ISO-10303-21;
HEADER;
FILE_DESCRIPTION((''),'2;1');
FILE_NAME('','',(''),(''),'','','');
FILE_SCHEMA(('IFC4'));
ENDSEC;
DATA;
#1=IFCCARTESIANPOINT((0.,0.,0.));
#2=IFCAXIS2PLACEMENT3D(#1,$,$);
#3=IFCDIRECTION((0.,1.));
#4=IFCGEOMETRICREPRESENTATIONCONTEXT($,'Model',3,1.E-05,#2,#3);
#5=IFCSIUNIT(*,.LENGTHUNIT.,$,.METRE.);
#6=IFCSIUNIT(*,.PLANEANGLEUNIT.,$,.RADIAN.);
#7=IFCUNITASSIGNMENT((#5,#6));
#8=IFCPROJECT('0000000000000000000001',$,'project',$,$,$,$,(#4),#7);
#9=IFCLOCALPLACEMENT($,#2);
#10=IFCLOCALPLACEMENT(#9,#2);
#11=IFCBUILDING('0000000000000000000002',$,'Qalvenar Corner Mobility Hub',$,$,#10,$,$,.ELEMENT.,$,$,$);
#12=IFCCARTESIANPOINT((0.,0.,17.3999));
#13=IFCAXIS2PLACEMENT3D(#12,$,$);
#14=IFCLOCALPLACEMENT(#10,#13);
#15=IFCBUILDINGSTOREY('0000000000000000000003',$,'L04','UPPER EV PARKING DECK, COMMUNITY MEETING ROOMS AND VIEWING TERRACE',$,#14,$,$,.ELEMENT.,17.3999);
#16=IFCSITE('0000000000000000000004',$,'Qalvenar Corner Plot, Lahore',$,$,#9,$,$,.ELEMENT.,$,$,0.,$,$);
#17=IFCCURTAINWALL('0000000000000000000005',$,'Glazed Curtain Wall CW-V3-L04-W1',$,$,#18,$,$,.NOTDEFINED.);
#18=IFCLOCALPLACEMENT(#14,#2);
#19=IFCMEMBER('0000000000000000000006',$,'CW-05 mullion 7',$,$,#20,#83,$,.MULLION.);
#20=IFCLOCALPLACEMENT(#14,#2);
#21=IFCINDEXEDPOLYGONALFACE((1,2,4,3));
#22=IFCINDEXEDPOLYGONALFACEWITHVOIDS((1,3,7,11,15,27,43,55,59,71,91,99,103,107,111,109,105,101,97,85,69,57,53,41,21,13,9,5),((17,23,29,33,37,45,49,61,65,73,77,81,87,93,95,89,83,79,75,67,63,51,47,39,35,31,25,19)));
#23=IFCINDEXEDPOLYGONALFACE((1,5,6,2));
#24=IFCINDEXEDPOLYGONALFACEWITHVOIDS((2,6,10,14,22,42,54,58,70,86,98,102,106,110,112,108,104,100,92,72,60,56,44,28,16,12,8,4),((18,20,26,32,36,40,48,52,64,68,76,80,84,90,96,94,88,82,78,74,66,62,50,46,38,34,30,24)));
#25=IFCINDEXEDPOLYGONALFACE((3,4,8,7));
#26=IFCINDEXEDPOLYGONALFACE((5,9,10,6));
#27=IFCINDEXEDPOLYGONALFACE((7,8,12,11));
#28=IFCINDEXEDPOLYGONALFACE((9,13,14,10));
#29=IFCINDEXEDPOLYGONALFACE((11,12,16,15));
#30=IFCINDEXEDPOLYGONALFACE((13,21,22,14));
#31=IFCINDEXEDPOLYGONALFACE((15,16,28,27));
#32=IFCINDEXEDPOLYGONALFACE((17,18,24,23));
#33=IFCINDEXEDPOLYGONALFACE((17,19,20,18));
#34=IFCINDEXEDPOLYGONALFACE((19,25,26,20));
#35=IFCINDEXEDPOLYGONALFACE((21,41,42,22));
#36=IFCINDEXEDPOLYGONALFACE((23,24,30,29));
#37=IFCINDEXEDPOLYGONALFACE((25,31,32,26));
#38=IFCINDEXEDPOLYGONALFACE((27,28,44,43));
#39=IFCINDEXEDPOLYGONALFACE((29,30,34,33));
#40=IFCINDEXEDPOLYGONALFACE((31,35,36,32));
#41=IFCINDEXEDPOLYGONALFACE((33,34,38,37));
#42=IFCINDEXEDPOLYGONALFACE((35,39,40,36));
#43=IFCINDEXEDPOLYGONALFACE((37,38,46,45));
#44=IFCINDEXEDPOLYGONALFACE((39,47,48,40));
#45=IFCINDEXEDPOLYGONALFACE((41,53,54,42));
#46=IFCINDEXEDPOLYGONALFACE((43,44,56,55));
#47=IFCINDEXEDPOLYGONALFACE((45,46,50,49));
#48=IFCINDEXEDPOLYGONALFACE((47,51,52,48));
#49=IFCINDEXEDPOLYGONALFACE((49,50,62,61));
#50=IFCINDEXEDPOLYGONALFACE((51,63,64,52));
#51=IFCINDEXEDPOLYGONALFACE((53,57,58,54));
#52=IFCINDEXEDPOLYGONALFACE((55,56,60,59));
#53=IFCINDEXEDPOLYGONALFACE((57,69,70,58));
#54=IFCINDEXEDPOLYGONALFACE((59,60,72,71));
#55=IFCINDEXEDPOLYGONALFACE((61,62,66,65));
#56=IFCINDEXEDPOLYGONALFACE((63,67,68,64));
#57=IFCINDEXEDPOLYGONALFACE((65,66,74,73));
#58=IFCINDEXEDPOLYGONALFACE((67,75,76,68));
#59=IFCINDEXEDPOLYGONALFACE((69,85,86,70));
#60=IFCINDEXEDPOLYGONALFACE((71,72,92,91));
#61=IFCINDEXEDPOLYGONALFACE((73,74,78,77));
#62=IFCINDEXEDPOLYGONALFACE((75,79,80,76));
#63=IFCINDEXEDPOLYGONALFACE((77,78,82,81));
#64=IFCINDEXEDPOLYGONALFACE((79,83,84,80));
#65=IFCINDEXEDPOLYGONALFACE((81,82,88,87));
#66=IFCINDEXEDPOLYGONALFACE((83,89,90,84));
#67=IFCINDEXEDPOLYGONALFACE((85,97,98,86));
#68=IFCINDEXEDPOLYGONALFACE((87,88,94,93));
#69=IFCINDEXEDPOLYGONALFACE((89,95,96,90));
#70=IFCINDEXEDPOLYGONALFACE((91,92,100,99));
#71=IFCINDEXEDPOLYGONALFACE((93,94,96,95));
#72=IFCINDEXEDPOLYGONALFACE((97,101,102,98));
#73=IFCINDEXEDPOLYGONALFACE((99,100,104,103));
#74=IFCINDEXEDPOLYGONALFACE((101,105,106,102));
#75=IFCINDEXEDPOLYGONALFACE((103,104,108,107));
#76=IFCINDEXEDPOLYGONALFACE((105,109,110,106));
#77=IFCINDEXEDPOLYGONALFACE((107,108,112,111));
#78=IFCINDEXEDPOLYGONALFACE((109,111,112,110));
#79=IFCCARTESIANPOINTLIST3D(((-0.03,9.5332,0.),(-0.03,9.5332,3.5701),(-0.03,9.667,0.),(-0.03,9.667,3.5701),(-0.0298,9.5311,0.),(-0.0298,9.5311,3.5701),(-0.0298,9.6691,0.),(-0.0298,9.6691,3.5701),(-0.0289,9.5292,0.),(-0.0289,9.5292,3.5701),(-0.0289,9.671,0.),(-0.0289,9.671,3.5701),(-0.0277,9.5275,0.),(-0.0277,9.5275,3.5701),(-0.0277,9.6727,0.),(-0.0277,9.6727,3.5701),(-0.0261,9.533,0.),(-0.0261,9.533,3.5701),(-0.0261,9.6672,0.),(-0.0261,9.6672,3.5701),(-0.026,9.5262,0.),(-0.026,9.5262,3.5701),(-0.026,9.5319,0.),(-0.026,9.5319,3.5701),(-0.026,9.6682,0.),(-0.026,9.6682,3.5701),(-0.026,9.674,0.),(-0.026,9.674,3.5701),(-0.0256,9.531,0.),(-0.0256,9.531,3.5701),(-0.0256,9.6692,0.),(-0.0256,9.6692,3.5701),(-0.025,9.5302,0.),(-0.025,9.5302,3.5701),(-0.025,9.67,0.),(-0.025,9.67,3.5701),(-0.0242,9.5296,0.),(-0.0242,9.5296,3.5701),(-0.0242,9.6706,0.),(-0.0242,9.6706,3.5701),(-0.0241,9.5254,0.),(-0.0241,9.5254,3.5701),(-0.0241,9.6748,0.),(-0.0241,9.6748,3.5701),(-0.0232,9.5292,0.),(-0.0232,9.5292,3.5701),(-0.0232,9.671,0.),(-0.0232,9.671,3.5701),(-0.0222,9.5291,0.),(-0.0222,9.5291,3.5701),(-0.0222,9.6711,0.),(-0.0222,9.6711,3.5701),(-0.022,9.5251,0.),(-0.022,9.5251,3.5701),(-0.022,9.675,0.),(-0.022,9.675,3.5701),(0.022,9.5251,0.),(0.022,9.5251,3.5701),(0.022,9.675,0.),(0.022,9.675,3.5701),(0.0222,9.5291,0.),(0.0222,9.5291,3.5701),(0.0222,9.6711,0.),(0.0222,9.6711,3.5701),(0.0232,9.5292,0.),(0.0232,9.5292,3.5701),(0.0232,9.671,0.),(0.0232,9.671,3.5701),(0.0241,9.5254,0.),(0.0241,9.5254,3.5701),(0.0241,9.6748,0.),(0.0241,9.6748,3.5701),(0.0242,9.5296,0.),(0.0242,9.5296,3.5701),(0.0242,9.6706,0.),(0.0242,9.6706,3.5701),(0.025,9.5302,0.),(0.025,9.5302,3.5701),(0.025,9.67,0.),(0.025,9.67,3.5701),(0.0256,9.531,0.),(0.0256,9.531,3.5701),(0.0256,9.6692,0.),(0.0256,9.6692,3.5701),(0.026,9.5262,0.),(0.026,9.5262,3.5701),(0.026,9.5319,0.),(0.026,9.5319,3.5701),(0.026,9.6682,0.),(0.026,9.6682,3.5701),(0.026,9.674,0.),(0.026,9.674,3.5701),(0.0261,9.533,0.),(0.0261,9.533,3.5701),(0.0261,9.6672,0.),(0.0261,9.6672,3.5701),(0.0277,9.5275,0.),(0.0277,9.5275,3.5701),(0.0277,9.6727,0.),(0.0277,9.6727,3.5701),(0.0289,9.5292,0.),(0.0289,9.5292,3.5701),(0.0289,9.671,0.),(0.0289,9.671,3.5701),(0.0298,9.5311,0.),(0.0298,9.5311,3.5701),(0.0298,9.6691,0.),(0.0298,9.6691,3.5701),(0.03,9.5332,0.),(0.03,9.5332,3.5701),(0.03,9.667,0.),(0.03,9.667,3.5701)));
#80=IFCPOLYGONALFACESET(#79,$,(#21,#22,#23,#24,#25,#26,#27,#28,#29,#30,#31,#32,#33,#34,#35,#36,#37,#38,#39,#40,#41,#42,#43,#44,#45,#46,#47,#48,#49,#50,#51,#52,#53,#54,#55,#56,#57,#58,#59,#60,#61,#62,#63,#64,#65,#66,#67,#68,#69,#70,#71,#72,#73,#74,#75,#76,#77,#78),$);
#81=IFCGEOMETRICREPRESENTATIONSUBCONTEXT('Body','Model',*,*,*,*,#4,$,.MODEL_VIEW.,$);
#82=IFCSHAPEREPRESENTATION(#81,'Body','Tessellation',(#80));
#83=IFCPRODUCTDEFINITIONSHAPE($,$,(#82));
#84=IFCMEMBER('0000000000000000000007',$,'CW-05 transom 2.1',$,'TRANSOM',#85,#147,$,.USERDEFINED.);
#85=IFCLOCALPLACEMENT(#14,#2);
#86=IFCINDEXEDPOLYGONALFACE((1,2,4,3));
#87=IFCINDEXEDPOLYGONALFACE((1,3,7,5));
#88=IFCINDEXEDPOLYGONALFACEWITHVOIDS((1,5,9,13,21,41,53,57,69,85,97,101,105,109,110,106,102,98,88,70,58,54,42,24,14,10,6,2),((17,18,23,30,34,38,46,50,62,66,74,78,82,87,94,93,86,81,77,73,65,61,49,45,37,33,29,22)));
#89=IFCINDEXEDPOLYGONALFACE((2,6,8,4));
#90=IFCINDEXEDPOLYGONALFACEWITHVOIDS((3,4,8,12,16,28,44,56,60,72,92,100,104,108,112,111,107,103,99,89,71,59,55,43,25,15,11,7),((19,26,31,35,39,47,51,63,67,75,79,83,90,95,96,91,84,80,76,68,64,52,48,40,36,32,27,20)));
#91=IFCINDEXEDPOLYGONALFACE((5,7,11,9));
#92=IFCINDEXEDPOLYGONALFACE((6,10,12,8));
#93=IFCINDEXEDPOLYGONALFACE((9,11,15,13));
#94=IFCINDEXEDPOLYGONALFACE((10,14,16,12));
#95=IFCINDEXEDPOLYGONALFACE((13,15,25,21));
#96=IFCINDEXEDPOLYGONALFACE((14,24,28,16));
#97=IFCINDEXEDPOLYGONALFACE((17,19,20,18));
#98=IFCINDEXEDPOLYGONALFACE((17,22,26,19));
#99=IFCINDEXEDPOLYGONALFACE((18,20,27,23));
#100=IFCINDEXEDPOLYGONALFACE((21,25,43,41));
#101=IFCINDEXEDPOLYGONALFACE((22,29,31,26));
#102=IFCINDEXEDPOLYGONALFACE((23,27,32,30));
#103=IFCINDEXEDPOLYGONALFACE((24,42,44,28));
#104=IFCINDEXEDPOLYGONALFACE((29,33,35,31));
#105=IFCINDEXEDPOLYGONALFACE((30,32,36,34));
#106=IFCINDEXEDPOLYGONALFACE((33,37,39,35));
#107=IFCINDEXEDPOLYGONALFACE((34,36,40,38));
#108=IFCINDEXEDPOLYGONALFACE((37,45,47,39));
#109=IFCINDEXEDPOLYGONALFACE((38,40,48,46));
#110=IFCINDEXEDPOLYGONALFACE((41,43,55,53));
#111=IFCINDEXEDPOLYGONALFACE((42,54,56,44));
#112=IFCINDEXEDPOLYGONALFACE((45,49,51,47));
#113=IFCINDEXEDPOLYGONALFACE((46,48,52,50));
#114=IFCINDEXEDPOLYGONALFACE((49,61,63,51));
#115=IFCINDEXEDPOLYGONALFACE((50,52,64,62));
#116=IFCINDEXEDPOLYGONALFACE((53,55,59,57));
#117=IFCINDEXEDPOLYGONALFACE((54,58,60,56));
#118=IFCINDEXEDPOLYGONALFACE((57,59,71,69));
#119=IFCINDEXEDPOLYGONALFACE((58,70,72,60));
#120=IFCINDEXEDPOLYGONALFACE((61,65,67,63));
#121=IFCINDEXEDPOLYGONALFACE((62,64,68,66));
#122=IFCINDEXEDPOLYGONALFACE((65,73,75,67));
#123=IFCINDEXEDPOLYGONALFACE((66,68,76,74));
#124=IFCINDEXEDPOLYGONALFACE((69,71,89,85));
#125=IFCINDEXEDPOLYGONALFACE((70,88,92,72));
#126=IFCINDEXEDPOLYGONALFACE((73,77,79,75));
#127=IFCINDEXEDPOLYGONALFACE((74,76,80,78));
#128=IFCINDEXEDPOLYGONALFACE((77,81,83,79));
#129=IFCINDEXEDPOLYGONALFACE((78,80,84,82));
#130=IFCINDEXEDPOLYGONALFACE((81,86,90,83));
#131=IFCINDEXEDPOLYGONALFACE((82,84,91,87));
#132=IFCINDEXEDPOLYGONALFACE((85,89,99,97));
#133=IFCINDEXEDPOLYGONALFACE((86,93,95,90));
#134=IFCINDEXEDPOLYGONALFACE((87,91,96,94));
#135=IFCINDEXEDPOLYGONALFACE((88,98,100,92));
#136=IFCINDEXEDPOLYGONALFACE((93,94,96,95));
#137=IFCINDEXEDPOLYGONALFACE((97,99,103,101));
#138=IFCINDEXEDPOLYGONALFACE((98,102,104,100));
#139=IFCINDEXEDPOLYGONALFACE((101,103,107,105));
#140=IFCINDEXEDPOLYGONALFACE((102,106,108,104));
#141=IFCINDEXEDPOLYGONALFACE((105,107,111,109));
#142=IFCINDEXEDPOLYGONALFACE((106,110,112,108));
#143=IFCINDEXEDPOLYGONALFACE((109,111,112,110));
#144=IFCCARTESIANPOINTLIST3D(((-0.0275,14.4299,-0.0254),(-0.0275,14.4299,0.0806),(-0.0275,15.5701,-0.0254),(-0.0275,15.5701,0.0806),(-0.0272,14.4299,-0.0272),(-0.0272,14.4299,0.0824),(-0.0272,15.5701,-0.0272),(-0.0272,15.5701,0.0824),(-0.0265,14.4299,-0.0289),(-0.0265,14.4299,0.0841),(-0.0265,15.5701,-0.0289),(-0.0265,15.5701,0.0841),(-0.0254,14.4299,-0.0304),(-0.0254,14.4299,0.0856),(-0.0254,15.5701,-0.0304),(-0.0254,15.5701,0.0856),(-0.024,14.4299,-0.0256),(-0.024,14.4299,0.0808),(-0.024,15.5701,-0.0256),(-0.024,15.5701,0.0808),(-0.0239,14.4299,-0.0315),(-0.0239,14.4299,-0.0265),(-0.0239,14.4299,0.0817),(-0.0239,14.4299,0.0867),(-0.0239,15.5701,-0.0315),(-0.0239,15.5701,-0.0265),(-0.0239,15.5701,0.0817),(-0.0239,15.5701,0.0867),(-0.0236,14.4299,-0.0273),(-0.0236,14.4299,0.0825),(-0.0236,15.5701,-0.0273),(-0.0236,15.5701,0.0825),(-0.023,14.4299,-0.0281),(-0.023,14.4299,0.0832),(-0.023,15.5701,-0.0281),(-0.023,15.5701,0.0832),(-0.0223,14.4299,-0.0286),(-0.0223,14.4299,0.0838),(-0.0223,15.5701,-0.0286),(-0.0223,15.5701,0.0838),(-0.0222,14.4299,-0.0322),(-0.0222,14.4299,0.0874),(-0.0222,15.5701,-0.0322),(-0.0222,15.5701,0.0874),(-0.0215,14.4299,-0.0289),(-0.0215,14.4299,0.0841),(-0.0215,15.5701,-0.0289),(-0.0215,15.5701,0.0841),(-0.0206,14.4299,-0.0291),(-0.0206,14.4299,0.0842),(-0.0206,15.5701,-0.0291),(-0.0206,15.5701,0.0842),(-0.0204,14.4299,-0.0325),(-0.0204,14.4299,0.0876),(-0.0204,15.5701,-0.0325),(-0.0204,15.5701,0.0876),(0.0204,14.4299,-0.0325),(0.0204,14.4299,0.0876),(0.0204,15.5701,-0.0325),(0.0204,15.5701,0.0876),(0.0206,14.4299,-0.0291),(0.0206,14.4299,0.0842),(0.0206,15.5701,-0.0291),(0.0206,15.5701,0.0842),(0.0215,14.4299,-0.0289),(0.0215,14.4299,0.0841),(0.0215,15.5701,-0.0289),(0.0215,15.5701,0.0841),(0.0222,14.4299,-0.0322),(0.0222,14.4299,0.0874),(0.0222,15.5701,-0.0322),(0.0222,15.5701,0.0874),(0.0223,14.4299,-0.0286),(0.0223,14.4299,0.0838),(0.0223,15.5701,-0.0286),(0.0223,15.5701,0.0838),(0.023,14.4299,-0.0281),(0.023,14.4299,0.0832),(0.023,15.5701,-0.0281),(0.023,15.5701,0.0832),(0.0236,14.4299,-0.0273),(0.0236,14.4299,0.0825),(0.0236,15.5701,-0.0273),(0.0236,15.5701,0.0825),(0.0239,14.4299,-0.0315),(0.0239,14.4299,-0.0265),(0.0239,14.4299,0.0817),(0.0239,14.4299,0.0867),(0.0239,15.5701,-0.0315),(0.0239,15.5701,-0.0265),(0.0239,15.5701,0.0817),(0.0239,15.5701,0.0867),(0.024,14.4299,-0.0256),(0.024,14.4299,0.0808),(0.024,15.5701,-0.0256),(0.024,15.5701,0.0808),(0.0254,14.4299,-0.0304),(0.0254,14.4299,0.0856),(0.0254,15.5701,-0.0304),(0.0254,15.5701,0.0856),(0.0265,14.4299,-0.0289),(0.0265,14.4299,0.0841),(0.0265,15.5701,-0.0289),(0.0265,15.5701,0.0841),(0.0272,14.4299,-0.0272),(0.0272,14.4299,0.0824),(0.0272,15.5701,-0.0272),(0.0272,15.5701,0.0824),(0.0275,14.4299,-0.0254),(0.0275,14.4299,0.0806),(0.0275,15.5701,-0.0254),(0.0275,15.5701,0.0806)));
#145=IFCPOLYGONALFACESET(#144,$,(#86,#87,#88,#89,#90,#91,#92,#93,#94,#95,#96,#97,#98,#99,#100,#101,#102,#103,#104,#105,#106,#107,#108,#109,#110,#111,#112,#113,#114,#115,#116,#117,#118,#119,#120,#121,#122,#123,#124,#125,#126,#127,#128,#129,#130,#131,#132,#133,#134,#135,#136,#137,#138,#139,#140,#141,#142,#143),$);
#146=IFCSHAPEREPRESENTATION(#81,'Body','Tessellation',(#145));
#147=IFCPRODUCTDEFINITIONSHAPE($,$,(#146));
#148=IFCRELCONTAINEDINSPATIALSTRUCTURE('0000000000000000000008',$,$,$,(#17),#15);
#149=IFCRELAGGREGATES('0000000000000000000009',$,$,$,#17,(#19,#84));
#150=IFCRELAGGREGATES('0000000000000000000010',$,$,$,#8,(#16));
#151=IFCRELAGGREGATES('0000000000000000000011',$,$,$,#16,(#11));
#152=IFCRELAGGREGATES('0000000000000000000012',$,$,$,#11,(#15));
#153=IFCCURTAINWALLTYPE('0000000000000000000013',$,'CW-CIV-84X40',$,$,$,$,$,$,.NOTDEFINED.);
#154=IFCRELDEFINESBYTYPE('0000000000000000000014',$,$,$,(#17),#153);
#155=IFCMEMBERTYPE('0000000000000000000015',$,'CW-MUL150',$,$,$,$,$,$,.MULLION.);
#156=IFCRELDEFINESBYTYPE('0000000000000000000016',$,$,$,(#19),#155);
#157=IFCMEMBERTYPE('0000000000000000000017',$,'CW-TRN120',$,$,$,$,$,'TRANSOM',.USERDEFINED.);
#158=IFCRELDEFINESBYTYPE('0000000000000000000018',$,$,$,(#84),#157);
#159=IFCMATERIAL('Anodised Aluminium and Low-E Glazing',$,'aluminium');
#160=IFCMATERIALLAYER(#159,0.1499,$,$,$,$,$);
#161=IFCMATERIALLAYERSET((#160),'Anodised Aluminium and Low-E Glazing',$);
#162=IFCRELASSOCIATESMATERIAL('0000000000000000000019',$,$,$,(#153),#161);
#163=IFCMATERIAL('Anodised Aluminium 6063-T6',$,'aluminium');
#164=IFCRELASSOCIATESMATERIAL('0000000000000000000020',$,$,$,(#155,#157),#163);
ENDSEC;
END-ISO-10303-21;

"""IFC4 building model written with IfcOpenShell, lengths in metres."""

from ifc_helpers import new_model, si_unit, direction, frame, origin, origin_2d, place, context, subcontext, project, spatial, hollow_rectangle, extrude, material, layer, layer_set, material_profile, profile_set, type_object, element, aggregate, save


model = new_model("IFC4")

# Units and contexts
model_context = context("Model", 3, precision=1e-05, world=origin(), true_north=direction((0.0, 1.0)))
body_context = subcontext(model_context, "Body", "Model", "MODEL_VIEW")
ifc_project = project(units=[si_unit("LENGTHUNIT", "METRE"), si_unit("PLANEANGLEUNIT", "RADIAN")], contexts=[model_context])

# Site, building, storey
site_placement = place(None, origin())
site = spatial("IfcSite", under=ifc_project, at=site_placement, Name="Qalvenar Corner Plot, Lahore", CompositionType="ELEMENT", RefElevation=0.0)
building_placement = place(site_placement, origin())
building = spatial("IfcBuilding", under=site, at=building_placement, Name="Qalvenar Corner Mobility Hub", CompositionType="ELEMENT")
storey_placement = place(building_placement, frame((0.0, 0.0, 17.3999)))
storey = spatial("IfcBuildingStorey", under=building, at=storey_placement, Name="L04", Description="UPPER EV PARKING DECK, COMMUNITY MEETING ROOMS AND VIEWING TERRACE", CompositionType="ELEMENT", Elevation=17.3999)

# Curtain wall, members
ifc_material_1 = material(Name="Anodised Aluminium and Low-E Glazing", Category="aluminium")
ifc_layer_1 = layer(ifc_material_1, 0.1499)
ifc_layer_set_1 = layer_set([ifc_layer_1], Name="Anodised Aluminium and Low-E Glazing")
curtain_wall_type = type_object("IfcCurtainWallType", Name="CW-CIV-84X40", PredefinedType="NOTDEFINED", material=ifc_layer_set_1)
curtain_wall_placement = place(storey_placement, origin())
curtain_wall = element("IfcCurtainWall", 1, at=curtain_wall_placement, inside=storey, type_object=curtain_wall_type, Name="Glazed Curtain Wall CW-V3-L04-W1", PredefinedType="NOTDEFINED")
ifc_material_2 = material(Name="Anodised Aluminium 6063-T6", Category="aluminium")
ifc_material_profile_1 = material_profile(ifc_material_2, hollow_rectangle(XDim=0.0601, YDim=0.1499, WallThickness=0.0039, InnerFilletRadius=0.0039, OuterFilletRadius=0.0081, at=origin_2d()), Name="RHS150x60x4")
ifc_profile_set_1 = profile_set([ifc_material_profile_1], Name="Anodised Aluminium 6063-T6")
member_type_1 = type_object("IfcMemberType", Name="CW-MUL150", PredefinedType="MULLION", material=ifc_profile_set_1)
member_1_placement = place(storey_placement, frame((0.0, 9.6001, 0.0), z_axis=(0.0, 0.0, 1.0), x_axis=(1.0, 0.0, 0.0)))
member_1 = element("IfcMember", 2, at=member_1_placement, type_object=member_type_1, Name="CW-05 mullion 7", PredefinedType="MULLION", context=body_context, shape_type="SweptSolid", body=[
    extrude(hollow_rectangle(XDim=0.0601, YDim=0.1499, WallThickness=0.0039, InnerFilletRadius=0.0039, OuterFilletRadius=0.0081, at=origin_2d()), origin(), (0.0, 0.0, 1.0), 3.5701),
])
ifc_material_profile_2 = material_profile(ifc_material_2, hollow_rectangle(XDim=0.0549, YDim=0.1201, WallThickness=0.0034, InnerFilletRadius=0.0034, OuterFilletRadius=0.0071, at=origin_2d()), Name="RHS120x55x3.5")
ifc_profile_set_2 = profile_set([ifc_material_profile_2], Name="Anodised Aluminium 6063-T6")
member_type_2 = type_object("IfcMemberType", Name="CW-TRN120", ElementType="TRANSOM", PredefinedType="USERDEFINED", material=ifc_profile_set_2)
member_2_placement = place(storey_placement, frame((0.0, 15.5701, 0.0276), z_axis=(0.0, -1.0, 0.0), x_axis=(1.0, 0.0, 0.0)))
member_2 = element("IfcMember", 3, at=member_2_placement, type_object=member_type_2, Name="CW-05 transom 2.1", ObjectType="TRANSOM", PredefinedType="USERDEFINED", context=body_context, shape_type="SweptSolid", body=[
    extrude(hollow_rectangle(XDim=0.0549, YDim=0.1201, WallThickness=0.0034, InnerFilletRadius=0.0034, OuterFilletRadius=0.0071, at=origin_2d()), origin(), (0.0, 0.0, 1.0), 1.1401),
])
aggregate(curtain_wall, [member_1, member_2])

save(model, "model.ifc")
